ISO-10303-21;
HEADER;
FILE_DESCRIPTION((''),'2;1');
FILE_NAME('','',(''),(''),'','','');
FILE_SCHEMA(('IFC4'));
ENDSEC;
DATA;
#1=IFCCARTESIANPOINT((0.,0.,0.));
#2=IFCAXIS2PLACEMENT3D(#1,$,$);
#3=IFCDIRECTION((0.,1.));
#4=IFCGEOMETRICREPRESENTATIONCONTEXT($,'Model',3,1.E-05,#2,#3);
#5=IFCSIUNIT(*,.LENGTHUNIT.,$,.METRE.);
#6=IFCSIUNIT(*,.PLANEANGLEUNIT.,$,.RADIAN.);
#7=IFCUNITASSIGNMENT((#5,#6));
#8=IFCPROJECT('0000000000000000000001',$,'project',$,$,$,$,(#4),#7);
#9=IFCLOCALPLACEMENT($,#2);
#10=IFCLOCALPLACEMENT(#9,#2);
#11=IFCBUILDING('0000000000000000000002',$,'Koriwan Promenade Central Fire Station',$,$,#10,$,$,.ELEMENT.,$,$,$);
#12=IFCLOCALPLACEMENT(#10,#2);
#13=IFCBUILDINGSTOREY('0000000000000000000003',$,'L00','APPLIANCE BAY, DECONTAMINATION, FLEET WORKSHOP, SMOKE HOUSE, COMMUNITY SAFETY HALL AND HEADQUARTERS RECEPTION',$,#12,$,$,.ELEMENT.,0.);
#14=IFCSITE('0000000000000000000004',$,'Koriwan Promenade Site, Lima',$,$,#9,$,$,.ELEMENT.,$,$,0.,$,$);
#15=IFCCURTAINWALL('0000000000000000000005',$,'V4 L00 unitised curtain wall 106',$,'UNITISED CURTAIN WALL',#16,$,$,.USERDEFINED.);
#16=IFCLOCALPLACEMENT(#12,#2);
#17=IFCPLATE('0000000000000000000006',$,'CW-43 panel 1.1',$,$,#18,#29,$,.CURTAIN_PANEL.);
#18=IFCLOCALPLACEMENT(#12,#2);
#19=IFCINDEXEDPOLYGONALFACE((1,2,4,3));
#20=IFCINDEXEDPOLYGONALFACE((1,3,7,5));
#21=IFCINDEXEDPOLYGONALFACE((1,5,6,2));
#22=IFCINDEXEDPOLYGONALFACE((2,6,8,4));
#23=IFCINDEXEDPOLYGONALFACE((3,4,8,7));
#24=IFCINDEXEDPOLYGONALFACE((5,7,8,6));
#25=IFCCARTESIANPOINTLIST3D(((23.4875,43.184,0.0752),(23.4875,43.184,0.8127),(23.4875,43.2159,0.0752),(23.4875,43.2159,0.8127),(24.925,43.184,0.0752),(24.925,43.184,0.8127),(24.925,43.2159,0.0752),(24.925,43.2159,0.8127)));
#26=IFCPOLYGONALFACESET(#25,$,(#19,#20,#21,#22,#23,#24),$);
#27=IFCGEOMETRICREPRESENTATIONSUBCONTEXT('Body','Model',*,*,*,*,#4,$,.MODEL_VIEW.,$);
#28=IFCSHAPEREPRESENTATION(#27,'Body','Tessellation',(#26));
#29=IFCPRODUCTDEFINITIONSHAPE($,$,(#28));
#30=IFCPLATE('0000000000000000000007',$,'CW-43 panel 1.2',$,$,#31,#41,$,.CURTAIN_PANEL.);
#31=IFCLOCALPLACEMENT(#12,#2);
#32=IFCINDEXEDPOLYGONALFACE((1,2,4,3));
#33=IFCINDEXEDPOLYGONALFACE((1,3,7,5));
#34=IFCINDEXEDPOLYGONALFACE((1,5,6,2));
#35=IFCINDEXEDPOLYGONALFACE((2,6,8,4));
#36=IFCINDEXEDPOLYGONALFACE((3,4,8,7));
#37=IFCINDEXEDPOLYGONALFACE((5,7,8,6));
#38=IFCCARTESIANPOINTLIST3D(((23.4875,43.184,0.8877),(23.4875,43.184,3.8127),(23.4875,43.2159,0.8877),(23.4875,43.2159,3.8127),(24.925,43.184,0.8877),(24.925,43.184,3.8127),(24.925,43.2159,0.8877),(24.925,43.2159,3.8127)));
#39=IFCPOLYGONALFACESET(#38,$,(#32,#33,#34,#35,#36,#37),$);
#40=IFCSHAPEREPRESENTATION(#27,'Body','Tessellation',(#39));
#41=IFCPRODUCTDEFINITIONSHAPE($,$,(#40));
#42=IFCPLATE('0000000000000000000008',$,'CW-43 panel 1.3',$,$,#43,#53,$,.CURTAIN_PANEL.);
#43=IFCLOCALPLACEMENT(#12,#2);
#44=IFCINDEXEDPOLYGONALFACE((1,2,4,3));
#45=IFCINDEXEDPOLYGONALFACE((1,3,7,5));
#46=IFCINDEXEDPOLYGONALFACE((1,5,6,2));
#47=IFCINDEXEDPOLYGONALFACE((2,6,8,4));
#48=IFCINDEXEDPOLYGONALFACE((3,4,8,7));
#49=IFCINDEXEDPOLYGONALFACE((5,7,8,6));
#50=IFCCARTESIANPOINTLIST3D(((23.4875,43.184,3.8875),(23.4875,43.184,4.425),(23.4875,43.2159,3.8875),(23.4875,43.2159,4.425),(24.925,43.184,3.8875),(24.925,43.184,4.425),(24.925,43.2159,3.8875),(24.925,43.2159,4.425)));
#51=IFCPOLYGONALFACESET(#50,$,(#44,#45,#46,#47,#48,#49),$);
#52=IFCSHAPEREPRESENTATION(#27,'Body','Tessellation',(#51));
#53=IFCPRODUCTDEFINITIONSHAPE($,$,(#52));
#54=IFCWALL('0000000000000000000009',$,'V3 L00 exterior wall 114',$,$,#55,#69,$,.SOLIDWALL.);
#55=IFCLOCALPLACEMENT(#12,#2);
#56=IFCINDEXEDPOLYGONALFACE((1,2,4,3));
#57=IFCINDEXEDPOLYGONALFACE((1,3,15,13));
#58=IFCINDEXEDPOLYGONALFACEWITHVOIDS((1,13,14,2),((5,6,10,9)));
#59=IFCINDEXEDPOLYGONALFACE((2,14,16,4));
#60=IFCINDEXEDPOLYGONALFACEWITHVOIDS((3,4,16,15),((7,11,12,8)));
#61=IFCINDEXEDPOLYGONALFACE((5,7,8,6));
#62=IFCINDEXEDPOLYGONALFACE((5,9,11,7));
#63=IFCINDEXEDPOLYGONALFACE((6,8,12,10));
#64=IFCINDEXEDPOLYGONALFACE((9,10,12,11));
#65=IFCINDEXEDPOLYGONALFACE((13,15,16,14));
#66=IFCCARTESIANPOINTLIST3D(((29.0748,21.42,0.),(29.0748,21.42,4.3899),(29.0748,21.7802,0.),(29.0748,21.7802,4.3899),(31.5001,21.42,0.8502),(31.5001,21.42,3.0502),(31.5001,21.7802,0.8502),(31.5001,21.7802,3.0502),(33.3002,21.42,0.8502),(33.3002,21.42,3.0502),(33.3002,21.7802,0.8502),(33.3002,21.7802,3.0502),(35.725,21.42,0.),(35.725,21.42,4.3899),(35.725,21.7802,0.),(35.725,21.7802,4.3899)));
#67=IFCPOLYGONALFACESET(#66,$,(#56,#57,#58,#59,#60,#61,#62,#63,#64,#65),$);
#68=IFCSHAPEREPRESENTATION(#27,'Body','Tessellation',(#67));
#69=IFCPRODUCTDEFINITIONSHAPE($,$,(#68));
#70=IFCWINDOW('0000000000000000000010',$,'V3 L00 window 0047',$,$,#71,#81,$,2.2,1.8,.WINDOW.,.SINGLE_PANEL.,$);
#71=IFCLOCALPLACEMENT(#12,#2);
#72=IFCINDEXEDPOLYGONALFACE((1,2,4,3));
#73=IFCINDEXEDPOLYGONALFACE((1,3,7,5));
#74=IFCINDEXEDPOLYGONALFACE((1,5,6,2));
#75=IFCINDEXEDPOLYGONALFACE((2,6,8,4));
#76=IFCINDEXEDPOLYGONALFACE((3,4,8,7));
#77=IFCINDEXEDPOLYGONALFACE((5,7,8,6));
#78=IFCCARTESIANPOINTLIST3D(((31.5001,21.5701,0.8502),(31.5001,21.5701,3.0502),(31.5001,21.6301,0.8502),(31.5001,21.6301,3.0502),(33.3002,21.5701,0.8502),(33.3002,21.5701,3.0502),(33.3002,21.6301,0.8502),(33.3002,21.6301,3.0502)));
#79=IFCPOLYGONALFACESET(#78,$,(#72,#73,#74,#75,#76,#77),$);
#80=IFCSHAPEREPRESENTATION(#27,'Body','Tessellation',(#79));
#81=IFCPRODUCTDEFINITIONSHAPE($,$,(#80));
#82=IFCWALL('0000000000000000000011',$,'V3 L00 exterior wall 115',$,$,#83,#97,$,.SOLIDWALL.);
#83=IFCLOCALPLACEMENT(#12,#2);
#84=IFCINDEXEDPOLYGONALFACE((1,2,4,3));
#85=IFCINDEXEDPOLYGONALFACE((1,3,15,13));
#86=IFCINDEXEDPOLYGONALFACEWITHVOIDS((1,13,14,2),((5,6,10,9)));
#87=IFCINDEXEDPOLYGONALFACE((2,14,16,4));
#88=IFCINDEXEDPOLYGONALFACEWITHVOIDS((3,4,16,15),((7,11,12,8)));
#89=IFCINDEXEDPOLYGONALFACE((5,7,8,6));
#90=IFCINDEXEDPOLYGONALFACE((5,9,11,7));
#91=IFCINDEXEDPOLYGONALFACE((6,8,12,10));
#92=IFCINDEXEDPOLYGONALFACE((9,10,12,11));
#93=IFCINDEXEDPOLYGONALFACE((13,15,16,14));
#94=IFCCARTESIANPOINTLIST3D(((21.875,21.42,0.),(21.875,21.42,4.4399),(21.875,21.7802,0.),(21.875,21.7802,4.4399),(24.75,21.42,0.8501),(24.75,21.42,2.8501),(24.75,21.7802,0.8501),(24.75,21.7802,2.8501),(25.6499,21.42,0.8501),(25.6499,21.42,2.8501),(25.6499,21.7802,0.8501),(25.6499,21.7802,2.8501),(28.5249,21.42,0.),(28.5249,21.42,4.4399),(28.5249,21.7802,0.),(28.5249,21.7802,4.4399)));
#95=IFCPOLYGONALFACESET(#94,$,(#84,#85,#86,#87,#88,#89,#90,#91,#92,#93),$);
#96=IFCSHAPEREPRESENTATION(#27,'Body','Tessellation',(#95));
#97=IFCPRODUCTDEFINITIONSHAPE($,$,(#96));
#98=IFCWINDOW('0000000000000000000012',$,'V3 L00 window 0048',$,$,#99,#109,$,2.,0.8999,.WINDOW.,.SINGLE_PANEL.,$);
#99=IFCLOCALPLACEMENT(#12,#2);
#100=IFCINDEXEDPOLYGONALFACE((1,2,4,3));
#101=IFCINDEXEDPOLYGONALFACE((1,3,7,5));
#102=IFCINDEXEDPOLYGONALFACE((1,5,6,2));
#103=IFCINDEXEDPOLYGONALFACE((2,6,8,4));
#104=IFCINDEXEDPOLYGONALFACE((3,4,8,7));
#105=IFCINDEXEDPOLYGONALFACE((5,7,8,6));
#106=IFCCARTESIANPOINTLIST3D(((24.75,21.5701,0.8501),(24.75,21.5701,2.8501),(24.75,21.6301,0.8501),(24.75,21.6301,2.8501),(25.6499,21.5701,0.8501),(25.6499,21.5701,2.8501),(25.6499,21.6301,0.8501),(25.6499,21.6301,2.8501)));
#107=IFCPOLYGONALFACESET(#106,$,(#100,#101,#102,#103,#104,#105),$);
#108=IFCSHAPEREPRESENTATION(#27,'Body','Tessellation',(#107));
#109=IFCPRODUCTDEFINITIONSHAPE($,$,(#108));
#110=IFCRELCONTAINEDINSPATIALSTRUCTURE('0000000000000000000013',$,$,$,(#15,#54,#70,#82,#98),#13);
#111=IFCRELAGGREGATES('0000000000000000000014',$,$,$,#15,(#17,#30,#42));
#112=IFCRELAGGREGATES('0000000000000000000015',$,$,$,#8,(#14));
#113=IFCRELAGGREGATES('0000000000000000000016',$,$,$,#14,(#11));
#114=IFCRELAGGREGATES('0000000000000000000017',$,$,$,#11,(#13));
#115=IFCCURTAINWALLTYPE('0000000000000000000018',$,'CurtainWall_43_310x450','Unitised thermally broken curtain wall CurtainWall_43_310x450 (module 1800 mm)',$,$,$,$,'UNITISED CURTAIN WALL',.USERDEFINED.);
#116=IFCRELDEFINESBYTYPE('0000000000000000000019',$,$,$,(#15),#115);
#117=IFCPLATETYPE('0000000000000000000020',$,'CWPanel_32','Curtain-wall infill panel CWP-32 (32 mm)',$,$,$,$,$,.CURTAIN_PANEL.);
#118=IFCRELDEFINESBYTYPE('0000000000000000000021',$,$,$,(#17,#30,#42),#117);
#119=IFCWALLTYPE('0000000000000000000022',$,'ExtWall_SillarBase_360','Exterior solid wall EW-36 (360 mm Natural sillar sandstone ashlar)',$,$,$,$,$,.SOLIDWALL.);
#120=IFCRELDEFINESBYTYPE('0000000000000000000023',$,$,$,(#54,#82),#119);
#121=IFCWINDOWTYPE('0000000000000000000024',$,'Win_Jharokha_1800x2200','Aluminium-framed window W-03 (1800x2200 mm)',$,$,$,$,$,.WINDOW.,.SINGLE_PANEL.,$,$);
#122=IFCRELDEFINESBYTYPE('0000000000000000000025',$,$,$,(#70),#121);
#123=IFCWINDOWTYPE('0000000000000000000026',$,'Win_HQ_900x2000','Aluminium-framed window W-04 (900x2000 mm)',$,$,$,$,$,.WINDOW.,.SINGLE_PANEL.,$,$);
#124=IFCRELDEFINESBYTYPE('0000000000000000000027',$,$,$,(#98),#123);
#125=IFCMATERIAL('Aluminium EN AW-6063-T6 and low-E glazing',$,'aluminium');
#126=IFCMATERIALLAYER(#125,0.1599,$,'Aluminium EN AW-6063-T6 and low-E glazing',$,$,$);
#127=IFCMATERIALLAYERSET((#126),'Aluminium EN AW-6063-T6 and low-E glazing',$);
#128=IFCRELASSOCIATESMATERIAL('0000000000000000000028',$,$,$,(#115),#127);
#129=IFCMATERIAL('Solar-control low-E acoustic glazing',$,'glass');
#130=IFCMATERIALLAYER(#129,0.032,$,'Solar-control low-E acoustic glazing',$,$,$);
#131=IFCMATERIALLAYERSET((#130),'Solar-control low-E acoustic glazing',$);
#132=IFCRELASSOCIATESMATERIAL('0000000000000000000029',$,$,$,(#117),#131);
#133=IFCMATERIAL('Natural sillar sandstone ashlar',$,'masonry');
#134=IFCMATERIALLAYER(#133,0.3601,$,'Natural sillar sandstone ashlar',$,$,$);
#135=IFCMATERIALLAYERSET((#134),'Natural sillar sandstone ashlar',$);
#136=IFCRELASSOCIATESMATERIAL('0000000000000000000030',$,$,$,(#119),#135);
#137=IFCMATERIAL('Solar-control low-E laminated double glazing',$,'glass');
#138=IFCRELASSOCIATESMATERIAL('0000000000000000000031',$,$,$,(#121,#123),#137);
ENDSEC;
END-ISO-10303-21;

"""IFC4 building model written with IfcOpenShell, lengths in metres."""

from ifc_helpers import new_model, si_unit, direction, frame, frame_2d, origin, origin_2d, place, context, subcontext, project, spatial, rectangle, extrude, material, layer, layer_set, type_object, element, fill, aggregate, save


model = new_model("IFC4")

# Units and contexts
model_context = context("Model", 3, precision=1e-05, world=origin(), true_north=direction((0.0, 1.0)))
body_context = subcontext(model_context, "Body", "Model", "MODEL_VIEW")
ifc_project = project(units=[si_unit("LENGTHUNIT", "METRE"), si_unit("PLANEANGLEUNIT", "RADIAN")], contexts=[model_context])

# Site, building, storey
site_placement = place(None, origin())
site = spatial("IfcSite", under=ifc_project, at=site_placement, Name="Koriwan Promenade Site, Lima", CompositionType="ELEMENT", RefElevation=0.0)
building_placement = place(site_placement, origin())
building = spatial("IfcBuilding", under=site, at=building_placement, Name="Koriwan Promenade Central Fire Station", CompositionType="ELEMENT")
storey_placement = place(building_placement, origin())
storey = spatial("IfcBuildingStorey", under=building, at=storey_placement, Name="L00", Description="APPLIANCE BAY, DECONTAMINATION, FLEET WORKSHOP, SMOKE HOUSE, COMMUNITY SAFETY HALL AND HEADQUARTERS RECEPTION", CompositionType="ELEMENT", Elevation=0.0)

# Curtain wall
ifc_material_1 = material(Name="Aluminium EN AW-6063-T6 and low-E glazing", Category="aluminium")
ifc_layer_1 = layer(ifc_material_1, 0.1599, Name="Aluminium EN AW-6063-T6 and low-E glazing")
ifc_layer_set_1 = layer_set([ifc_layer_1], Name="Aluminium EN AW-6063-T6 and low-E glazing")
curtain_wall_type = type_object("IfcCurtainWallType", Name="CurtainWall_43_310x450", Description="Unitised thermally broken curtain wall CurtainWall_43_310x450 (module 1800 mm)", ElementType="UNITISED CURTAIN WALL", PredefinedType="USERDEFINED", material=ifc_layer_set_1)
curtain_wall_placement = place(storey_placement, origin())
curtain_wall = element("IfcCurtainWall", 1, at=curtain_wall_placement, inside=storey, type_object=curtain_wall_type, Name="V4 L00 unitised curtain wall 106", ObjectType="UNITISED CURTAIN WALL", PredefinedType="USERDEFINED")

# Plates
ifc_material_2 = material(Name="Solar-control low-E acoustic glazing", Category="glass")
ifc_layer_2 = layer(ifc_material_2, 0.032, Name="Solar-control low-E acoustic glazing")
ifc_layer_set_2 = layer_set([ifc_layer_2], Name="Solar-control low-E acoustic glazing")
plate_type = type_object("IfcPlateType", Name="CWPanel_32", Description="Curtain-wall infill panel CWP-32 (32 mm)", PredefinedType="CURTAIN_PANEL", material=ifc_layer_set_2)
plate_1_placement = place(storey_placement, frame((24.2063, 43.2, 0.0752), z_axis=(0.0, 0.0, 1.0), x_axis=(-1.0, 0.0, 0.0)))
plate_1 = element("IfcPlate", 2, at=plate_1_placement, type_object=plate_type, Name="CW-43 panel 1.1", PredefinedType="CURTAIN_PANEL", context=body_context, shape_type="SweptSolid", body=[
    extrude(rectangle(XDim=1.4375, YDim=0.032, at=origin_2d()), origin(), (0.0, 0.0, 1.0), 0.7375),
])
plate_2_placement = place(storey_placement, frame((24.2063, 43.2, 0.8877), z_axis=(0.0, 0.0, 1.0), x_axis=(-1.0, 0.0, 0.0)))
plate_2 = element("IfcPlate", 3, at=plate_2_placement, type_object=plate_type, Name="CW-43 panel 1.2", PredefinedType="CURTAIN_PANEL", context=body_context, shape_type="SweptSolid", body=[
    extrude(rectangle(XDim=1.4375, YDim=0.032, at=origin_2d()), origin(), (0.0, 0.0, 1.0), 2.925),
])
plate_3_placement = place(storey_placement, frame((24.2063, 43.2, 3.8875), z_axis=(0.0, 0.0, 1.0), x_axis=(-1.0, 0.0, 0.0)))
plate_3 = element("IfcPlate", 4, at=plate_3_placement, type_object=plate_type, Name="CW-43 panel 1.3", PredefinedType="CURTAIN_PANEL", context=body_context, shape_type="SweptSolid", body=[
    extrude(rectangle(XDim=1.4375, YDim=0.032, at=origin_2d()), origin(), (0.0, 0.0, 1.0), 0.5376),
])
aggregate(curtain_wall, [plate_1, plate_2, plate_3])

# Walls, openings, windows
ifc_material_3 = material(Name="Natural sillar sandstone ashlar", Category="masonry")
ifc_layer_3 = layer(ifc_material_3, 0.3601, Name="Natural sillar sandstone ashlar")
ifc_layer_set_3 = layer_set([ifc_layer_3], Name="Natural sillar sandstone ashlar")
wall_type = type_object("IfcWallType", Name="ExtWall_SillarBase_360", Description="Exterior solid wall EW-36 (360 mm Natural sillar sandstone ashlar)", PredefinedType="SOLIDWALL", material=ifc_layer_set_3)
wall_1_placement = place(storey_placement, frame((35.7251, 21.6001, 0.0), z_axis=(0.0, 0.0, 1.0), x_axis=(-1.0, 0.0, 0.0)))
wall_1 = element("IfcWall", 5, at=wall_1_placement, inside=storey, type_object=wall_type, Name="V3 L00 exterior wall 114", PredefinedType="SOLIDWALL", context=body_context, shape_type="SweptSolid", body=[
    extrude(rectangle(XDim=6.6501, YDim=0.3601, at=frame_2d((3.3252, 0.0))), origin(), (0.0, 0.0, 1.0), 4.3899),
])
opening_1_placement = place(wall_1_placement, frame((2.425, 0.0, 0.8501)))
opening_1 = element("IfcOpeningElement", 6, at=opening_1_placement, cuts=wall_1, PredefinedType="OPENING", context=body_context, shape_type="SweptSolid", body=[
    extrude(rectangle(XDim=1.8, YDim=2.2, at=frame_2d((0.8999, 1.1001))), frame((0.0, 0.1919, 0.0), z_axis=(0.0, -1.0, 0.0), x_axis=(1.0, 0.0, 0.0)), (0.0, 0.0, 1.0), 0.384),
])
ifc_material_4 = material(Name="Solar-control low-E laminated double glazing", Category="glass")
window_type_1 = type_object("IfcWindowType", Name="Win_Jharokha_1800x2200", Description="Aluminium-framed window W-03 (1800x2200 mm)", PartitioningType="SINGLE_PANEL", PredefinedType="WINDOW", material=ifc_material_4)
window_1_placement = place(opening_1_placement, origin())
window_1 = element("IfcWindow", 7, at=window_1_placement, inside=storey, type_object=window_type_1, Name="V3 L00 window 0047", OverallHeight=2.2, OverallWidth=1.8, PartitioningType="SINGLE_PANEL", PredefinedType="WINDOW", context=body_context, shape_type="SweptSolid", body=[
    extrude(rectangle(XDim=1.8, YDim=2.2, at=frame_2d((0.8999, 1.1001))), frame((0.0, 0.03, 0.0), z_axis=(0.0, -1.0, 0.0), x_axis=(1.0, 0.0, 0.0)), (0.0, 0.0, 1.0), 0.0601),
])
fill(opening_1, window_1)
wall_2_placement = place(storey_placement, frame((28.5249, 21.6001, 0.0), z_axis=(0.0, 0.0, 1.0), x_axis=(-1.0, 0.0, 0.0)))
wall_2 = element("IfcWall", 8, at=wall_2_placement, inside=storey, type_object=wall_type, Name="V3 L00 exterior wall 115", PredefinedType="SOLIDWALL", context=body_context, shape_type="SweptSolid", body=[
    extrude(rectangle(XDim=6.6499, YDim=0.3601, at=frame_2d((3.325, 0.0))), origin(), (0.0, 0.0, 1.0), 4.4399),
])
opening_2_placement = place(wall_2_placement, frame((2.875, 0.0, 0.8501)))
opening_2 = element("IfcOpeningElement", 9, at=opening_2_placement, cuts=wall_2, PredefinedType="OPENING", context=body_context, shape_type="SweptSolid", body=[
    extrude(rectangle(XDim=0.8999, YDim=2.0, at=frame_2d((0.45, 1.0))), frame((0.0, 0.1919, 0.0), z_axis=(0.0, -1.0, 0.0), x_axis=(1.0, 0.0, 0.0)), (0.0, 0.0, 1.0), 0.384),
])
window_type_2 = type_object("IfcWindowType", Name="Win_HQ_900x2000", Description="Aluminium-framed window W-04 (900x2000 mm)", PartitioningType="SINGLE_PANEL", PredefinedType="WINDOW", material=ifc_material_4)
window_2_placement = place(opening_2_placement, origin())
window_2 = element("IfcWindow", 10, at=window_2_placement, inside=storey, type_object=window_type_2, Name="V3 L00 window 0048", OverallHeight=2.0, OverallWidth=0.8999, PartitioningType="SINGLE_PANEL", PredefinedType="WINDOW", context=body_context, shape_type="SweptSolid", body=[
    extrude(rectangle(XDim=0.8999, YDim=2.0, at=frame_2d((0.45, 1.0))), frame((0.0, 0.03, 0.0), z_axis=(0.0, -1.0, 0.0), x_axis=(1.0, 0.0, 0.0)), (0.0, 0.0, 1.0), 0.0601),
])
fill(opening_2, window_2)

save(model, "model.ifc")
